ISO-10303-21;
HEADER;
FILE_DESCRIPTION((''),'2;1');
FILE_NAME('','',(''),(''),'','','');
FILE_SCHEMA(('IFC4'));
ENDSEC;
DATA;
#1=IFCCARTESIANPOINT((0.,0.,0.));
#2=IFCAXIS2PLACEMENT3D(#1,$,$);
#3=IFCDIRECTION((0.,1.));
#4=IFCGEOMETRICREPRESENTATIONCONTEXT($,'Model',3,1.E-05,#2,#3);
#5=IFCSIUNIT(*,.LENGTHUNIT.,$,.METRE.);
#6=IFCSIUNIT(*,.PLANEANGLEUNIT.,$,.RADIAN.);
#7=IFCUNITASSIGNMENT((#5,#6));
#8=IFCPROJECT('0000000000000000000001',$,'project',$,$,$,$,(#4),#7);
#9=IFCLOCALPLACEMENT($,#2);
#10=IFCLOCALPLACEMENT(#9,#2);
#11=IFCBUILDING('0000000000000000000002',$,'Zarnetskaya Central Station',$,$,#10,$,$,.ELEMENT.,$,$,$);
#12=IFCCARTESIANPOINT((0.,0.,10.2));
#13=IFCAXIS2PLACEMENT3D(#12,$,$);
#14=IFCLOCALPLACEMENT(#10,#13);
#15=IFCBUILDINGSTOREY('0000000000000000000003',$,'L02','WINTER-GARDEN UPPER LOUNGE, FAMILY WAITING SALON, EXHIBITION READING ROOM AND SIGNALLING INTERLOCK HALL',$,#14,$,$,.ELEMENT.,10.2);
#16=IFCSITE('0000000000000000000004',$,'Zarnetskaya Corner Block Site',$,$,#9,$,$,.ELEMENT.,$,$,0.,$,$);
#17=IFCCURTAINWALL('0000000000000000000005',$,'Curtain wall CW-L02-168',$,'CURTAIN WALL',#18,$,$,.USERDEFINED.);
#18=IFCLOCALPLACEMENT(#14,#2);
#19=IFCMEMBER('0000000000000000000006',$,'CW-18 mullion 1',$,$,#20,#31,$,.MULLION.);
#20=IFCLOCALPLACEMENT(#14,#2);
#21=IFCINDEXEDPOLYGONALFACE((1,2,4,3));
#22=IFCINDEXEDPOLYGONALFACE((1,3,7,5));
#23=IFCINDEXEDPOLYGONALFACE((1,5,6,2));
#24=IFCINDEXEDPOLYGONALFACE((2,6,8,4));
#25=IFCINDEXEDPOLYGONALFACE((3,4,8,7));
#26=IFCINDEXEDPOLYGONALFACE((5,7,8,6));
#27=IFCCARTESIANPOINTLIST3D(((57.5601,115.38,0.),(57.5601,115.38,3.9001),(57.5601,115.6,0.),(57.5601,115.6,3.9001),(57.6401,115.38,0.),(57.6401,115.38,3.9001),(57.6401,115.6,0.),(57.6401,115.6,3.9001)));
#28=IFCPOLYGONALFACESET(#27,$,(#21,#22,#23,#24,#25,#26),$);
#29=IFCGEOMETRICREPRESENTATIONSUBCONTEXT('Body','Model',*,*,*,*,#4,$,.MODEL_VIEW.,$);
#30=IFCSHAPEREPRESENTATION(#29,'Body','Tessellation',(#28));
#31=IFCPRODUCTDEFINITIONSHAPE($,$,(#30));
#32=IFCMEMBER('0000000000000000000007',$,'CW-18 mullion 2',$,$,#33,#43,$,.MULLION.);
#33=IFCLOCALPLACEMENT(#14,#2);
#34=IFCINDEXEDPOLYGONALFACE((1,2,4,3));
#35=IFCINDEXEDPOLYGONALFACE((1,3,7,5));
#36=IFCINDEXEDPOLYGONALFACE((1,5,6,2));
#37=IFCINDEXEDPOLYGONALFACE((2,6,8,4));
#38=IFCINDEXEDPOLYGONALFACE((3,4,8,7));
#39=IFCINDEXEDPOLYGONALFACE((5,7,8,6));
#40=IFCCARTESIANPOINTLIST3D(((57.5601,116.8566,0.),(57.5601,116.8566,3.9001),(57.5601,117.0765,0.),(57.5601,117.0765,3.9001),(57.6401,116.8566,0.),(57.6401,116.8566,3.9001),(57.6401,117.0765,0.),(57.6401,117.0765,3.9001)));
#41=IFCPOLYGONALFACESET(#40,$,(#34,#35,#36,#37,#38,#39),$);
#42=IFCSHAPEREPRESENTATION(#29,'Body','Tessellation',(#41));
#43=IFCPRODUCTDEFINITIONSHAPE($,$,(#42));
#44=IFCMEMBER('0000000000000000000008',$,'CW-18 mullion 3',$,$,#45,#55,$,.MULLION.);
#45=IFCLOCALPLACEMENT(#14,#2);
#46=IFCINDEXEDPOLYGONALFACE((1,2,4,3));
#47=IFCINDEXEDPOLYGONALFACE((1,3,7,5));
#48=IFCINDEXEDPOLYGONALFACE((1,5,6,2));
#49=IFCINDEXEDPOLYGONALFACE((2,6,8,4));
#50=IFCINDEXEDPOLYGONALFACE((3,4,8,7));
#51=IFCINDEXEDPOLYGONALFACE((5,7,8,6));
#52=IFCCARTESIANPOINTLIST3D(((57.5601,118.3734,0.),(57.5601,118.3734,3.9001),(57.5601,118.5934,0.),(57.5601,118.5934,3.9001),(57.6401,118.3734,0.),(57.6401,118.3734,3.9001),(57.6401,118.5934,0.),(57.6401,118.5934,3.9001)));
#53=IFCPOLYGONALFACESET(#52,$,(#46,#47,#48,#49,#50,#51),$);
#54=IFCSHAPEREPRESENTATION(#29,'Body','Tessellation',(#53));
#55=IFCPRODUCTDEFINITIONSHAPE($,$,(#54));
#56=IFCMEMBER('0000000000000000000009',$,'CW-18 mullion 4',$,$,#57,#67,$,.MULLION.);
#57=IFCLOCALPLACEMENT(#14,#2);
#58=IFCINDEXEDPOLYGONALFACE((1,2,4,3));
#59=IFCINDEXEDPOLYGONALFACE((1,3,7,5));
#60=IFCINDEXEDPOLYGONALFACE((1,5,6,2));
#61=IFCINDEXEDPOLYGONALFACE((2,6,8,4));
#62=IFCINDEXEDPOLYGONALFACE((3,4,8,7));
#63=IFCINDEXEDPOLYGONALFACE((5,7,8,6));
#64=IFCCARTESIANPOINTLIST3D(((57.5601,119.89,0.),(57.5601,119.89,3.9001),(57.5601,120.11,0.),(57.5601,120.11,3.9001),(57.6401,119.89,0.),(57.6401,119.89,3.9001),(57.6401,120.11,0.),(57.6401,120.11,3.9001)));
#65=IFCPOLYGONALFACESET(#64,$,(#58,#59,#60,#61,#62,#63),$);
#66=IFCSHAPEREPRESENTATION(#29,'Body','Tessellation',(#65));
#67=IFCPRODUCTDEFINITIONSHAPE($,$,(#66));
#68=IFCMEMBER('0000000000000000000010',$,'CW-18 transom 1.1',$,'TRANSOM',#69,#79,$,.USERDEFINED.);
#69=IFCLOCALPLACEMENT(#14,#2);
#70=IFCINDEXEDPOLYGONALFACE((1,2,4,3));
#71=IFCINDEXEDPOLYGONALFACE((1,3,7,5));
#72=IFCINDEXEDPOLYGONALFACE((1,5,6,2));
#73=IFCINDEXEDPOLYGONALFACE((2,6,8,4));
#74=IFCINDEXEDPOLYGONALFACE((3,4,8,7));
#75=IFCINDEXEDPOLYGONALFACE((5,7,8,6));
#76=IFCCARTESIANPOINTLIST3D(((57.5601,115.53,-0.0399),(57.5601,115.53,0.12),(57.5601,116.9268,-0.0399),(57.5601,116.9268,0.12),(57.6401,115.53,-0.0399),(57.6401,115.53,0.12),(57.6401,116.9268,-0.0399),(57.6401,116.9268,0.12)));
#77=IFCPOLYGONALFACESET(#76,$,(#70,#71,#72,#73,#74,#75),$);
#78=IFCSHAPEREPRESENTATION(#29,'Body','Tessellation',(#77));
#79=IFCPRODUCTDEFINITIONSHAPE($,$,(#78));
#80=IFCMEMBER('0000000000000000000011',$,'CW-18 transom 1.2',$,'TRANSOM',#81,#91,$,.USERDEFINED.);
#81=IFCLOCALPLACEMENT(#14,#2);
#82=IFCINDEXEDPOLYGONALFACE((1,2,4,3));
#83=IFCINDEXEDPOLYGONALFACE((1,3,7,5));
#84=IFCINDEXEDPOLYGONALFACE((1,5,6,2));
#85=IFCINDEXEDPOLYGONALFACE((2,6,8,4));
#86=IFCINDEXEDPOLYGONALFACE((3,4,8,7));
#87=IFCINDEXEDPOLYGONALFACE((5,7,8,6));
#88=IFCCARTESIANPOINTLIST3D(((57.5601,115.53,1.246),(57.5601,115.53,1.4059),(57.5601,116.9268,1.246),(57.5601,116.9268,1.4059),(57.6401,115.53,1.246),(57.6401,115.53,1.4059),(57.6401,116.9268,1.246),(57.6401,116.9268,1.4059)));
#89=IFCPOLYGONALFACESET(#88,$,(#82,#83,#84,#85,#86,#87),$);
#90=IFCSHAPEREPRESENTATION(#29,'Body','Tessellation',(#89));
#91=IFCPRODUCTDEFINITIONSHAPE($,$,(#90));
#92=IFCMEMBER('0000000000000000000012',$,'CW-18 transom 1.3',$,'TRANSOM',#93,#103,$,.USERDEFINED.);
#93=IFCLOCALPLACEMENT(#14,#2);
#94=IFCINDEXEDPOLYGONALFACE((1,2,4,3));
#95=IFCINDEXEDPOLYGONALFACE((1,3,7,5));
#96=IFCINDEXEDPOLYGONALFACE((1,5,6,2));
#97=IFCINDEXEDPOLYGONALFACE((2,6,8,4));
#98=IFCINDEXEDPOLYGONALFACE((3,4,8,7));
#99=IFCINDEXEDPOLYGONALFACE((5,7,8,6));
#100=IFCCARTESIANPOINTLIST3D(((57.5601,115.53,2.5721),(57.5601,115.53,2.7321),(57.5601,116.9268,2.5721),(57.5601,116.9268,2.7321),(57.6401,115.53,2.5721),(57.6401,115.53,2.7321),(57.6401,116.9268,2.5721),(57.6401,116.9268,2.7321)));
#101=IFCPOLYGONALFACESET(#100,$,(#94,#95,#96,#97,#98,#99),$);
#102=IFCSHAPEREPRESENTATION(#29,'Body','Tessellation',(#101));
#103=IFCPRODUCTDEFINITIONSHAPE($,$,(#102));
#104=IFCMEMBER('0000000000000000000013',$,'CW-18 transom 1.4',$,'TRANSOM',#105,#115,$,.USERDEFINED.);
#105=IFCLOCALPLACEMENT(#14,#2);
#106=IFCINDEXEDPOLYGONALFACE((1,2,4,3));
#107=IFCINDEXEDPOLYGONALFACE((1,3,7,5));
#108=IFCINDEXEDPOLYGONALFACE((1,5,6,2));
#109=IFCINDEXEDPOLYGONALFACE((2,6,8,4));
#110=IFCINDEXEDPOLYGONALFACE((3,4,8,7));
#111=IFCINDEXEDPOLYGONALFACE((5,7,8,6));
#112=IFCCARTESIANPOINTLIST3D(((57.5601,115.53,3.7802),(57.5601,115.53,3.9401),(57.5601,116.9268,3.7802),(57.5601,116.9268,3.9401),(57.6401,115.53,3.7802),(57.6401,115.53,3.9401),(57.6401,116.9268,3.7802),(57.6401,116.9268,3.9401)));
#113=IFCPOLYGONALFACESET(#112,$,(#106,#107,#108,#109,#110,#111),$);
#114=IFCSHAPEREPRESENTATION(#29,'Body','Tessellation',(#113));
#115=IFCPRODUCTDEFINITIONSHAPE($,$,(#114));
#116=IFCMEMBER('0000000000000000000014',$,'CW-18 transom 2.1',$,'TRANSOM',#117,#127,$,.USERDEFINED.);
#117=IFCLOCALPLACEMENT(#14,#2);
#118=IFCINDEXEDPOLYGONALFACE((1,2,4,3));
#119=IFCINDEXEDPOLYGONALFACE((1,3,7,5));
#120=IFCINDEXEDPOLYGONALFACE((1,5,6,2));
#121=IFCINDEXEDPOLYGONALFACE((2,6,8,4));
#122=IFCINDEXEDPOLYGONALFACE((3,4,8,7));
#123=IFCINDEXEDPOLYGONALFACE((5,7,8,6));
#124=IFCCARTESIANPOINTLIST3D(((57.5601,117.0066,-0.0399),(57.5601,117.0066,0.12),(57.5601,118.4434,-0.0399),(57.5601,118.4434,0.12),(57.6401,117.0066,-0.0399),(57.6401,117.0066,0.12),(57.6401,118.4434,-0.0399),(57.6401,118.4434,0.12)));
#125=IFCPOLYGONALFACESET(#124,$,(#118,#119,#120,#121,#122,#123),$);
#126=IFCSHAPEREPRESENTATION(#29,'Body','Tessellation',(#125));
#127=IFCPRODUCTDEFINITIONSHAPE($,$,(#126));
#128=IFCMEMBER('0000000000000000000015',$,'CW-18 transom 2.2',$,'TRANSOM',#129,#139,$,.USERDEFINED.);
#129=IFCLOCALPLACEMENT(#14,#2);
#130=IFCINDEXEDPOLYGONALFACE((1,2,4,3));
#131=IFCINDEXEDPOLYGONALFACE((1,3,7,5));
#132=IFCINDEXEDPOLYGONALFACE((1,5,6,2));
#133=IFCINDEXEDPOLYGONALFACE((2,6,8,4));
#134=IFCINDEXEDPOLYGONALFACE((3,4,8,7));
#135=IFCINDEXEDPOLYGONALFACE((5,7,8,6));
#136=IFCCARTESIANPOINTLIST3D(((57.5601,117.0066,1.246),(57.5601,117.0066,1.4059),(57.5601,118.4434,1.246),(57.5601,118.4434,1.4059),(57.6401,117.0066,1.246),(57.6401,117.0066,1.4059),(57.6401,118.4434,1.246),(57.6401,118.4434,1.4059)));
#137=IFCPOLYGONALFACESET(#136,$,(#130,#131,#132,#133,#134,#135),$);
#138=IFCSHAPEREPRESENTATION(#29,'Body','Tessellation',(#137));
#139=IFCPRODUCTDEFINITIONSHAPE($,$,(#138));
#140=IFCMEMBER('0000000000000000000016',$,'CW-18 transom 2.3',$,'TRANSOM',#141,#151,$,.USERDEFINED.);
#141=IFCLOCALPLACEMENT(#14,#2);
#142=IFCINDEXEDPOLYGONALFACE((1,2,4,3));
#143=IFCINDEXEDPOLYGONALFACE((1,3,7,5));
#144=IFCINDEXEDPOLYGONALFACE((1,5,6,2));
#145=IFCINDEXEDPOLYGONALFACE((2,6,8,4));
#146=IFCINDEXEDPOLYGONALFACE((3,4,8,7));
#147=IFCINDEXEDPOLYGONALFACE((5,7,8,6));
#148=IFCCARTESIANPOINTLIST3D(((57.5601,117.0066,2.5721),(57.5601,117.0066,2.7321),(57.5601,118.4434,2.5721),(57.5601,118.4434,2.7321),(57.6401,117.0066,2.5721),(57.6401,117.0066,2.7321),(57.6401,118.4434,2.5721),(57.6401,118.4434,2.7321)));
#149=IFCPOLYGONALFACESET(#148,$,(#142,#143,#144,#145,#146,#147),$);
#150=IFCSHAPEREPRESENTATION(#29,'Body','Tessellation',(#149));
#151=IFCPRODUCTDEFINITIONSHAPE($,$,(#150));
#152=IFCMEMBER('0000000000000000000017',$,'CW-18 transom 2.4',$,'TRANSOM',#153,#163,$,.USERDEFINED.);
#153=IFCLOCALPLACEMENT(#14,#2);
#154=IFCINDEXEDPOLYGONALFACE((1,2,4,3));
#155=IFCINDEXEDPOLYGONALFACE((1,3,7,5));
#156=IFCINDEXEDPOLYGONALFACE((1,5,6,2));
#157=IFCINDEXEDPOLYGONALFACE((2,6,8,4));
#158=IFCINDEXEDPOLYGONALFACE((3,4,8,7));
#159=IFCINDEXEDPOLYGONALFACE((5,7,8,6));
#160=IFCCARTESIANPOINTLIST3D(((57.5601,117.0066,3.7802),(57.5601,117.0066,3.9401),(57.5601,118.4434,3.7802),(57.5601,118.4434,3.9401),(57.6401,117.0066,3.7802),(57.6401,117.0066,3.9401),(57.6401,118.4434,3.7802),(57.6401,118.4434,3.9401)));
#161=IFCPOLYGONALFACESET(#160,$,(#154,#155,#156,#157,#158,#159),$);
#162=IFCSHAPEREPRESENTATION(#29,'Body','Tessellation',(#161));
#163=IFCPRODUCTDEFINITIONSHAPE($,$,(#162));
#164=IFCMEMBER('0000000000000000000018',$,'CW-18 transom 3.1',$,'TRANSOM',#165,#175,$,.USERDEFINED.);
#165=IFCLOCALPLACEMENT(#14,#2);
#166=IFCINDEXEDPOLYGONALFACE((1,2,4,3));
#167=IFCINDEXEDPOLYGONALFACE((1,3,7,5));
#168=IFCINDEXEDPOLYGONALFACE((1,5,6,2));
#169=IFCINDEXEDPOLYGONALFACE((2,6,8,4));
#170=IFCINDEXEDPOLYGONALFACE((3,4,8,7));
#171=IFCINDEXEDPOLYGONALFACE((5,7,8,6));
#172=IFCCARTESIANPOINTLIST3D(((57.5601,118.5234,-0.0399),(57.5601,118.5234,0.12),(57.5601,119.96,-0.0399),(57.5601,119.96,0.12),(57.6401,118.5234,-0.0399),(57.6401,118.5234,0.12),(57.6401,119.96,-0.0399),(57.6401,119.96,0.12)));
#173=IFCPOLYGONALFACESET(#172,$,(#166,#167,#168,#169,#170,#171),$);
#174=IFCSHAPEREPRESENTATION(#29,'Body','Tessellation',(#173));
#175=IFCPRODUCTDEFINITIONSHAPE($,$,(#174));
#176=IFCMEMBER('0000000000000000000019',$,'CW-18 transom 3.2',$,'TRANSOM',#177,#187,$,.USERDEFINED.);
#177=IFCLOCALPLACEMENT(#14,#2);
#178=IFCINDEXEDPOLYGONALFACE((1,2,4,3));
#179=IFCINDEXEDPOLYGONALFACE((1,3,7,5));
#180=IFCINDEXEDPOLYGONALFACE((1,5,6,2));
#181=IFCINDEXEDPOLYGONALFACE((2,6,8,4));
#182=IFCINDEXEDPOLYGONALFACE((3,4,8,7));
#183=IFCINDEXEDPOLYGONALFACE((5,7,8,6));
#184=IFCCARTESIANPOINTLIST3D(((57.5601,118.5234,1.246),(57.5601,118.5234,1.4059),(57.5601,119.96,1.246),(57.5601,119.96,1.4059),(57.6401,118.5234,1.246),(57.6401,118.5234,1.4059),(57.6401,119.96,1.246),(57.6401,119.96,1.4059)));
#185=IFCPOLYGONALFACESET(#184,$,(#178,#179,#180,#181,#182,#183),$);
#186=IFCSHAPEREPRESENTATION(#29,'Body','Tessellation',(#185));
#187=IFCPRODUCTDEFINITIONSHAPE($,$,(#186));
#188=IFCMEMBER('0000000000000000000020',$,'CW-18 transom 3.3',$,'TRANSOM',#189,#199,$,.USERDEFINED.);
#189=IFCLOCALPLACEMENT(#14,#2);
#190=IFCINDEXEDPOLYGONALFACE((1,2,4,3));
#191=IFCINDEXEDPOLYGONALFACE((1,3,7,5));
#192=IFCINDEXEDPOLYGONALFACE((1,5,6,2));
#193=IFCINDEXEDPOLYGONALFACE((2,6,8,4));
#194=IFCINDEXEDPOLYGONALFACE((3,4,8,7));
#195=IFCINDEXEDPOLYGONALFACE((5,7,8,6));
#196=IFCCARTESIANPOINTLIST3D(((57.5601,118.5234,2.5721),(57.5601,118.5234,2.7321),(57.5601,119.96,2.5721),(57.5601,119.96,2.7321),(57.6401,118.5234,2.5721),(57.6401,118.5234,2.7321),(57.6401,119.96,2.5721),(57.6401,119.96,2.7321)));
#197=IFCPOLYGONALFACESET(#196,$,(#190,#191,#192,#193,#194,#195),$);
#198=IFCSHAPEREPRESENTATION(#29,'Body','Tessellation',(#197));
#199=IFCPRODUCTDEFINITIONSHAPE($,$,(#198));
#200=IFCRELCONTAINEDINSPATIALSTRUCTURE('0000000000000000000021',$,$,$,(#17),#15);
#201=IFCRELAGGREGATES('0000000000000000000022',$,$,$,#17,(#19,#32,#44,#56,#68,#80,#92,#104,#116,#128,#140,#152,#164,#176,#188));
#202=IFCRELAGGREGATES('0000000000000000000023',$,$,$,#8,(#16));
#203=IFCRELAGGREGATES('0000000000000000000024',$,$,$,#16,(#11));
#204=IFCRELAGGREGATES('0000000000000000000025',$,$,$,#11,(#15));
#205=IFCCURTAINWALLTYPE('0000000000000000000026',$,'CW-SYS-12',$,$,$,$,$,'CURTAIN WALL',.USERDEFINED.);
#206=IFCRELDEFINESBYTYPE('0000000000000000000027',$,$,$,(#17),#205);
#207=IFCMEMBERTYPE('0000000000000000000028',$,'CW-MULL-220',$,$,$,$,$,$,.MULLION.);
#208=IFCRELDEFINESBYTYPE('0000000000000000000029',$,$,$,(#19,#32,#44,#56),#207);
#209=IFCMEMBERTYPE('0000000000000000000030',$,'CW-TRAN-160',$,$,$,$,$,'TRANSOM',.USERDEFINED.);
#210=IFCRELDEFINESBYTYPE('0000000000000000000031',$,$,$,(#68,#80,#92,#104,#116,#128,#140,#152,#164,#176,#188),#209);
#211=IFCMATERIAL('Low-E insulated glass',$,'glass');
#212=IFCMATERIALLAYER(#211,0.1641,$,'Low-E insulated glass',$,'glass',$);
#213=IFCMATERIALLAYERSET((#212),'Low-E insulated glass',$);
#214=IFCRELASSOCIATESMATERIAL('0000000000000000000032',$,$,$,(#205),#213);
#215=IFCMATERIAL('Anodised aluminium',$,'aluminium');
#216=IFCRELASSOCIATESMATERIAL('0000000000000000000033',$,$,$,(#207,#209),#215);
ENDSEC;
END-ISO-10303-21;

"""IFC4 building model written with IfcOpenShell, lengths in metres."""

from ifc_helpers import new_model, si_unit, direction, frame, origin, origin_2d, place, context, subcontext, project, spatial, rectangle, extrude, material, layer, layer_set, material_profile, profile_set, type_object, element, aggregate, save


model = new_model("IFC4")

# Units and contexts
model_context = context("Model", 3, precision=1e-05, world=origin(), true_north=direction((0.0, 1.0)))
body_context = subcontext(model_context, "Body", "Model", "MODEL_VIEW")
ifc_project = project(units=[si_unit("LENGTHUNIT", "METRE"), si_unit("PLANEANGLEUNIT", "RADIAN")], contexts=[model_context])

# Site, building, storey
site_placement = place(None, origin())
site = spatial("IfcSite", under=ifc_project, at=site_placement, Name="Zarnetskaya Corner Block Site", CompositionType="ELEMENT", RefElevation=0.0)
building_placement = place(site_placement, origin())
building = spatial("IfcBuilding", under=site, at=building_placement, Name="Zarnetskaya Central Station", CompositionType="ELEMENT")
storey_placement = place(building_placement, frame((0.0, 0.0, 10.2)))
storey = spatial("IfcBuildingStorey", under=building, at=storey_placement, Name="L02", Description="WINTER-GARDEN UPPER LOUNGE, FAMILY WAITING SALON, EXHIBITION READING ROOM AND SIGNALLING INTERLOCK HALL", CompositionType="ELEMENT", Elevation=10.2)

# Curtain wall, members
ifc_material_1 = material(Name="Low-E insulated glass", Category="glass")
ifc_layer_1 = layer(ifc_material_1, 0.1641, Name="Low-E insulated glass", Category="glass")
ifc_layer_set_1 = layer_set([ifc_layer_1], Name="Low-E insulated glass")
curtain_wall_type = type_object("IfcCurtainWallType", Name="CW-SYS-12", ElementType="CURTAIN WALL", PredefinedType="USERDEFINED", material=ifc_layer_set_1)
curtain_wall_placement = place(storey_placement, origin())
curtain_wall = element("IfcCurtainWall", 1, at=curtain_wall_placement, inside=storey, type_object=curtain_wall_type, Name="Curtain wall CW-L02-168", ObjectType="CURTAIN WALL", PredefinedType="USERDEFINED")
ifc_material_2 = material(Name="Anodised aluminium", Category="aluminium")
ifc_material_profile_1 = material_profile(ifc_material_2, rectangle(XDim=0.0801, YDim=0.22, at=origin_2d()), Name="ALU MULL 80x220")
ifc_profile_set_1 = profile_set([ifc_material_profile_1], Name="Anodised aluminium")
member_type_1 = type_object("IfcMemberType", Name="CW-MULL-220", PredefinedType="MULLION", material=ifc_profile_set_1)
member_1_placement = place(storey_placement, frame((57.6001, 115.49, 0.0), z_axis=(0.0, 0.0, 1.0), x_axis=(-1.0, 0.0, 0.0)))
member_1 = element("IfcMember", 2, at=member_1_placement, type_object=member_type_1, Name="CW-18 mullion 1", PredefinedType="MULLION", context=body_context, shape_type="SweptSolid", body=[
    extrude(rectangle(XDim=0.0801, YDim=0.22, at=origin_2d()), origin(), (0.0, 0.0, 1.0), 3.9001),
])
member_2_placement = place(storey_placement, frame((57.6001, 116.9666, 0.0), z_axis=(0.0, 0.0, 1.0), x_axis=(-1.0, 0.0, 0.0)))
member_2 = element("IfcMember", 3, at=member_2_placement, type_object=member_type_1, Name="CW-18 mullion 2", PredefinedType="MULLION", context=body_context, shape_type="SweptSolid", body=[
    extrude(rectangle(XDim=0.0801, YDim=0.22, at=origin_2d()), origin(), (0.0, 0.0, 1.0), 3.9001),
])
member_3_placement = place(storey_placement, frame((57.6001, 118.4834, 0.0), z_axis=(0.0, 0.0, 1.0), x_axis=(-1.0, 0.0, 0.0)))
member_3 = element("IfcMember", 4, at=member_3_placement, type_object=member_type_1, Name="CW-18 mullion 3", PredefinedType="MULLION", context=body_context, shape_type="SweptSolid", body=[
    extrude(rectangle(XDim=0.0801, YDim=0.22, at=origin_2d()), origin(), (0.0, 0.0, 1.0), 3.9001),
])
member_4_placement = place(storey_placement, frame((57.6001, 120.0, 0.0), z_axis=(0.0, 0.0, 1.0), x_axis=(-1.0, 0.0, 0.0)))
member_4 = element("IfcMember", 5, at=member_4_placement, type_object=member_type_1, Name="CW-18 mullion 4", PredefinedType="MULLION", context=body_context, shape_type="SweptSolid", body=[
    extrude(rectangle(XDim=0.0801, YDim=0.22, at=origin_2d()), origin(), (0.0, 0.0, 1.0), 3.9001),
])
ifc_material_profile_2 = material_profile(ifc_material_2, rectangle(XDim=0.0801, YDim=0.1599, at=origin_2d()), Name="ALU TRAN 80x160")
ifc_profile_set_2 = profile_set([ifc_material_profile_2], Name="Anodised aluminium")
member_type_2 = type_object("IfcMemberType", Name="CW-TRAN-160", ElementType="TRANSOM", PredefinedType="USERDEFINED", material=ifc_profile_set_2)
member_5_placement = place(storey_placement, frame((57.6001, 115.53, 0.04), z_axis=(0.0, 1.0, 0.0), x_axis=(-1.0, 0.0, 0.0)))
member_5 = element("IfcMember", 6, at=member_5_placement, type_object=member_type_2, Name="CW-18 transom 1.1", ObjectType="TRANSOM", PredefinedType="USERDEFINED", context=body_context, shape_type="SweptSolid", body=[
    extrude(rectangle(XDim=0.0801, YDim=0.1599, at=origin_2d()), origin(), (0.0, 0.0, 1.0), 1.3967),
])
member_6_placement = place(storey_placement, frame((57.6001, 115.53, 1.3259), z_axis=(0.0, 1.0, 0.0), x_axis=(-1.0, 0.0, 0.0)))
member_6 = element("IfcMember", 7, at=member_6_placement, type_object=member_type_2, Name="CW-18 transom 1.2", ObjectType="TRANSOM", PredefinedType="USERDEFINED", context=body_context, shape_type="SweptSolid", body=[
    extrude(rectangle(XDim=0.0801, YDim=0.1599, at=origin_2d()), origin(), (0.0, 0.0, 1.0), 1.3967),
])
member_7_placement = place(storey_placement, frame((57.6001, 115.53, 2.6521), z_axis=(0.0, 1.0, 0.0), x_axis=(-1.0, 0.0, 0.0)))
member_7 = element("IfcMember", 8, at=member_7_placement, type_object=member_type_2, Name="CW-18 transom 1.3", ObjectType="TRANSOM", PredefinedType="USERDEFINED", context=body_context, shape_type="SweptSolid", body=[
    extrude(rectangle(XDim=0.0801, YDim=0.1599, at=origin_2d()), origin(), (0.0, 0.0, 1.0), 1.3967),
])
member_8_placement = place(storey_placement, frame((57.6001, 115.53, 3.8601), z_axis=(0.0, 1.0, 0.0), x_axis=(-1.0, 0.0, 0.0)))
member_8 = element("IfcMember", 9, at=member_8_placement, type_object=member_type_2, Name="CW-18 transom 1.4", ObjectType="TRANSOM", PredefinedType="USERDEFINED", context=body_context, shape_type="SweptSolid", body=[
    extrude(rectangle(XDim=0.0801, YDim=0.1599, at=origin_2d()), origin(), (0.0, 0.0, 1.0), 1.3967),
])
member_9_placement = place(storey_placement, frame((57.6001, 117.0066, 0.04), z_axis=(0.0, 1.0, 0.0), x_axis=(-1.0, 0.0, 0.0)))
member_9 = element("IfcMember", 10, at=member_9_placement, type_object=member_type_2, Name="CW-18 transom 2.1", ObjectType="TRANSOM", PredefinedType="USERDEFINED", context=body_context, shape_type="SweptSolid", body=[
    extrude(rectangle(XDim=0.0801, YDim=0.1599, at=origin_2d()), origin(), (0.0, 0.0, 1.0), 1.4368),
])
member_10_placement = place(storey_placement, frame((57.6001, 117.0066, 1.3259), z_axis=(0.0, 1.0, 0.0), x_axis=(-1.0, 0.0, 0.0)))
member_10 = element("IfcMember", 11, at=member_10_placement, type_object=member_type_2, Name="CW-18 transom 2.2", ObjectType="TRANSOM", PredefinedType="USERDEFINED", context=body_context, shape_type="SweptSolid", body=[
    extrude(rectangle(XDim=0.0801, YDim=0.1599, at=origin_2d()), origin(), (0.0, 0.0, 1.0), 1.4368),
])
member_11_placement = place(storey_placement, frame((57.6001, 117.0066, 2.6521), z_axis=(0.0, 1.0, 0.0), x_axis=(-1.0, 0.0, 0.0)))
member_11 = element("IfcMember", 12, at=member_11_placement, type_object=member_type_2, Name="CW-18 transom 2.3", ObjectType="TRANSOM", PredefinedType="USERDEFINED", context=body_context, shape_type="SweptSolid", body=[
    extrude(rectangle(XDim=0.0801, YDim=0.1599, at=origin_2d()), origin(), (0.0, 0.0, 1.0), 1.4368),
])
member_12_placement = place(storey_placement, frame((57.6001, 117.0066, 3.8601), z_axis=(0.0, 1.0, 0.0), x_axis=(-1.0, 0.0, 0.0)))
member_12 = element("IfcMember", 13, at=member_12_placement, type_object=member_type_2, Name="CW-18 transom 2.4", ObjectType="TRANSOM", PredefinedType="USERDEFINED", context=body_context, shape_type="SweptSolid", body=[
    extrude(rectangle(XDim=0.0801, YDim=0.1599, at=origin_2d()), origin(), (0.0, 0.0, 1.0), 1.4368),
])
member_13_placement = place(storey_placement, frame((57.6001, 118.5234, 0.04), z_axis=(0.0, 1.0, 0.0), x_axis=(-1.0, 0.0, 0.0)))
member_13 = element("IfcMember", 14, at=member_13_placement, type_object=member_type_2, Name="CW-18 transom 3.1", ObjectType="TRANSOM", PredefinedType="USERDEFINED", context=body_context, shape_type="SweptSolid", body=[
    extrude(rectangle(XDim=0.0801, YDim=0.1599, at=origin_2d()), origin(), (0.0, 0.0, 1.0), 1.4365),
])
member_14_placement = place(storey_placement, frame((57.6001, 118.5234, 1.3259), z_axis=(0.0, 1.0, 0.0), x_axis=(-1.0, 0.0, 0.0)))
member_14 = element("IfcMember", 15, at=member_14_placement, type_object=member_type_2, Name="CW-18 transom 3.2", ObjectType="TRANSOM", PredefinedType="USERDEFINED", context=body_context, shape_type="SweptSolid", body=[
    extrude(rectangle(XDim=0.0801, YDim=0.1599, at=origin_2d()), origin(), (0.0, 0.0, 1.0), 1.4365),
])
member_15_placement = place(storey_placement, frame((57.6001, 118.5234, 2.6521), z_axis=(0.0, 1.0, 0.0), x_axis=(-1.0, 0.0, 0.0)))
member_15 = element("IfcMember", 16, at=member_15_placement, type_object=member_type_2, Name="CW-18 transom 3.3", ObjectType="TRANSOM", PredefinedType="USERDEFINED", context=body_context, shape_type="SweptSolid", body=[
    extrude(rectangle(XDim=0.0801, YDim=0.1599, at=origin_2d()), origin(), (0.0, 0.0, 1.0), 1.4365),
])
aggregate(curtain_wall, [member_1, member_2, member_3, member_4, member_5, member_6, member_7, member_8, member_9, member_10, member_11, member_12, member_13, member_14, member_15])

save(model, "model.ifc")
